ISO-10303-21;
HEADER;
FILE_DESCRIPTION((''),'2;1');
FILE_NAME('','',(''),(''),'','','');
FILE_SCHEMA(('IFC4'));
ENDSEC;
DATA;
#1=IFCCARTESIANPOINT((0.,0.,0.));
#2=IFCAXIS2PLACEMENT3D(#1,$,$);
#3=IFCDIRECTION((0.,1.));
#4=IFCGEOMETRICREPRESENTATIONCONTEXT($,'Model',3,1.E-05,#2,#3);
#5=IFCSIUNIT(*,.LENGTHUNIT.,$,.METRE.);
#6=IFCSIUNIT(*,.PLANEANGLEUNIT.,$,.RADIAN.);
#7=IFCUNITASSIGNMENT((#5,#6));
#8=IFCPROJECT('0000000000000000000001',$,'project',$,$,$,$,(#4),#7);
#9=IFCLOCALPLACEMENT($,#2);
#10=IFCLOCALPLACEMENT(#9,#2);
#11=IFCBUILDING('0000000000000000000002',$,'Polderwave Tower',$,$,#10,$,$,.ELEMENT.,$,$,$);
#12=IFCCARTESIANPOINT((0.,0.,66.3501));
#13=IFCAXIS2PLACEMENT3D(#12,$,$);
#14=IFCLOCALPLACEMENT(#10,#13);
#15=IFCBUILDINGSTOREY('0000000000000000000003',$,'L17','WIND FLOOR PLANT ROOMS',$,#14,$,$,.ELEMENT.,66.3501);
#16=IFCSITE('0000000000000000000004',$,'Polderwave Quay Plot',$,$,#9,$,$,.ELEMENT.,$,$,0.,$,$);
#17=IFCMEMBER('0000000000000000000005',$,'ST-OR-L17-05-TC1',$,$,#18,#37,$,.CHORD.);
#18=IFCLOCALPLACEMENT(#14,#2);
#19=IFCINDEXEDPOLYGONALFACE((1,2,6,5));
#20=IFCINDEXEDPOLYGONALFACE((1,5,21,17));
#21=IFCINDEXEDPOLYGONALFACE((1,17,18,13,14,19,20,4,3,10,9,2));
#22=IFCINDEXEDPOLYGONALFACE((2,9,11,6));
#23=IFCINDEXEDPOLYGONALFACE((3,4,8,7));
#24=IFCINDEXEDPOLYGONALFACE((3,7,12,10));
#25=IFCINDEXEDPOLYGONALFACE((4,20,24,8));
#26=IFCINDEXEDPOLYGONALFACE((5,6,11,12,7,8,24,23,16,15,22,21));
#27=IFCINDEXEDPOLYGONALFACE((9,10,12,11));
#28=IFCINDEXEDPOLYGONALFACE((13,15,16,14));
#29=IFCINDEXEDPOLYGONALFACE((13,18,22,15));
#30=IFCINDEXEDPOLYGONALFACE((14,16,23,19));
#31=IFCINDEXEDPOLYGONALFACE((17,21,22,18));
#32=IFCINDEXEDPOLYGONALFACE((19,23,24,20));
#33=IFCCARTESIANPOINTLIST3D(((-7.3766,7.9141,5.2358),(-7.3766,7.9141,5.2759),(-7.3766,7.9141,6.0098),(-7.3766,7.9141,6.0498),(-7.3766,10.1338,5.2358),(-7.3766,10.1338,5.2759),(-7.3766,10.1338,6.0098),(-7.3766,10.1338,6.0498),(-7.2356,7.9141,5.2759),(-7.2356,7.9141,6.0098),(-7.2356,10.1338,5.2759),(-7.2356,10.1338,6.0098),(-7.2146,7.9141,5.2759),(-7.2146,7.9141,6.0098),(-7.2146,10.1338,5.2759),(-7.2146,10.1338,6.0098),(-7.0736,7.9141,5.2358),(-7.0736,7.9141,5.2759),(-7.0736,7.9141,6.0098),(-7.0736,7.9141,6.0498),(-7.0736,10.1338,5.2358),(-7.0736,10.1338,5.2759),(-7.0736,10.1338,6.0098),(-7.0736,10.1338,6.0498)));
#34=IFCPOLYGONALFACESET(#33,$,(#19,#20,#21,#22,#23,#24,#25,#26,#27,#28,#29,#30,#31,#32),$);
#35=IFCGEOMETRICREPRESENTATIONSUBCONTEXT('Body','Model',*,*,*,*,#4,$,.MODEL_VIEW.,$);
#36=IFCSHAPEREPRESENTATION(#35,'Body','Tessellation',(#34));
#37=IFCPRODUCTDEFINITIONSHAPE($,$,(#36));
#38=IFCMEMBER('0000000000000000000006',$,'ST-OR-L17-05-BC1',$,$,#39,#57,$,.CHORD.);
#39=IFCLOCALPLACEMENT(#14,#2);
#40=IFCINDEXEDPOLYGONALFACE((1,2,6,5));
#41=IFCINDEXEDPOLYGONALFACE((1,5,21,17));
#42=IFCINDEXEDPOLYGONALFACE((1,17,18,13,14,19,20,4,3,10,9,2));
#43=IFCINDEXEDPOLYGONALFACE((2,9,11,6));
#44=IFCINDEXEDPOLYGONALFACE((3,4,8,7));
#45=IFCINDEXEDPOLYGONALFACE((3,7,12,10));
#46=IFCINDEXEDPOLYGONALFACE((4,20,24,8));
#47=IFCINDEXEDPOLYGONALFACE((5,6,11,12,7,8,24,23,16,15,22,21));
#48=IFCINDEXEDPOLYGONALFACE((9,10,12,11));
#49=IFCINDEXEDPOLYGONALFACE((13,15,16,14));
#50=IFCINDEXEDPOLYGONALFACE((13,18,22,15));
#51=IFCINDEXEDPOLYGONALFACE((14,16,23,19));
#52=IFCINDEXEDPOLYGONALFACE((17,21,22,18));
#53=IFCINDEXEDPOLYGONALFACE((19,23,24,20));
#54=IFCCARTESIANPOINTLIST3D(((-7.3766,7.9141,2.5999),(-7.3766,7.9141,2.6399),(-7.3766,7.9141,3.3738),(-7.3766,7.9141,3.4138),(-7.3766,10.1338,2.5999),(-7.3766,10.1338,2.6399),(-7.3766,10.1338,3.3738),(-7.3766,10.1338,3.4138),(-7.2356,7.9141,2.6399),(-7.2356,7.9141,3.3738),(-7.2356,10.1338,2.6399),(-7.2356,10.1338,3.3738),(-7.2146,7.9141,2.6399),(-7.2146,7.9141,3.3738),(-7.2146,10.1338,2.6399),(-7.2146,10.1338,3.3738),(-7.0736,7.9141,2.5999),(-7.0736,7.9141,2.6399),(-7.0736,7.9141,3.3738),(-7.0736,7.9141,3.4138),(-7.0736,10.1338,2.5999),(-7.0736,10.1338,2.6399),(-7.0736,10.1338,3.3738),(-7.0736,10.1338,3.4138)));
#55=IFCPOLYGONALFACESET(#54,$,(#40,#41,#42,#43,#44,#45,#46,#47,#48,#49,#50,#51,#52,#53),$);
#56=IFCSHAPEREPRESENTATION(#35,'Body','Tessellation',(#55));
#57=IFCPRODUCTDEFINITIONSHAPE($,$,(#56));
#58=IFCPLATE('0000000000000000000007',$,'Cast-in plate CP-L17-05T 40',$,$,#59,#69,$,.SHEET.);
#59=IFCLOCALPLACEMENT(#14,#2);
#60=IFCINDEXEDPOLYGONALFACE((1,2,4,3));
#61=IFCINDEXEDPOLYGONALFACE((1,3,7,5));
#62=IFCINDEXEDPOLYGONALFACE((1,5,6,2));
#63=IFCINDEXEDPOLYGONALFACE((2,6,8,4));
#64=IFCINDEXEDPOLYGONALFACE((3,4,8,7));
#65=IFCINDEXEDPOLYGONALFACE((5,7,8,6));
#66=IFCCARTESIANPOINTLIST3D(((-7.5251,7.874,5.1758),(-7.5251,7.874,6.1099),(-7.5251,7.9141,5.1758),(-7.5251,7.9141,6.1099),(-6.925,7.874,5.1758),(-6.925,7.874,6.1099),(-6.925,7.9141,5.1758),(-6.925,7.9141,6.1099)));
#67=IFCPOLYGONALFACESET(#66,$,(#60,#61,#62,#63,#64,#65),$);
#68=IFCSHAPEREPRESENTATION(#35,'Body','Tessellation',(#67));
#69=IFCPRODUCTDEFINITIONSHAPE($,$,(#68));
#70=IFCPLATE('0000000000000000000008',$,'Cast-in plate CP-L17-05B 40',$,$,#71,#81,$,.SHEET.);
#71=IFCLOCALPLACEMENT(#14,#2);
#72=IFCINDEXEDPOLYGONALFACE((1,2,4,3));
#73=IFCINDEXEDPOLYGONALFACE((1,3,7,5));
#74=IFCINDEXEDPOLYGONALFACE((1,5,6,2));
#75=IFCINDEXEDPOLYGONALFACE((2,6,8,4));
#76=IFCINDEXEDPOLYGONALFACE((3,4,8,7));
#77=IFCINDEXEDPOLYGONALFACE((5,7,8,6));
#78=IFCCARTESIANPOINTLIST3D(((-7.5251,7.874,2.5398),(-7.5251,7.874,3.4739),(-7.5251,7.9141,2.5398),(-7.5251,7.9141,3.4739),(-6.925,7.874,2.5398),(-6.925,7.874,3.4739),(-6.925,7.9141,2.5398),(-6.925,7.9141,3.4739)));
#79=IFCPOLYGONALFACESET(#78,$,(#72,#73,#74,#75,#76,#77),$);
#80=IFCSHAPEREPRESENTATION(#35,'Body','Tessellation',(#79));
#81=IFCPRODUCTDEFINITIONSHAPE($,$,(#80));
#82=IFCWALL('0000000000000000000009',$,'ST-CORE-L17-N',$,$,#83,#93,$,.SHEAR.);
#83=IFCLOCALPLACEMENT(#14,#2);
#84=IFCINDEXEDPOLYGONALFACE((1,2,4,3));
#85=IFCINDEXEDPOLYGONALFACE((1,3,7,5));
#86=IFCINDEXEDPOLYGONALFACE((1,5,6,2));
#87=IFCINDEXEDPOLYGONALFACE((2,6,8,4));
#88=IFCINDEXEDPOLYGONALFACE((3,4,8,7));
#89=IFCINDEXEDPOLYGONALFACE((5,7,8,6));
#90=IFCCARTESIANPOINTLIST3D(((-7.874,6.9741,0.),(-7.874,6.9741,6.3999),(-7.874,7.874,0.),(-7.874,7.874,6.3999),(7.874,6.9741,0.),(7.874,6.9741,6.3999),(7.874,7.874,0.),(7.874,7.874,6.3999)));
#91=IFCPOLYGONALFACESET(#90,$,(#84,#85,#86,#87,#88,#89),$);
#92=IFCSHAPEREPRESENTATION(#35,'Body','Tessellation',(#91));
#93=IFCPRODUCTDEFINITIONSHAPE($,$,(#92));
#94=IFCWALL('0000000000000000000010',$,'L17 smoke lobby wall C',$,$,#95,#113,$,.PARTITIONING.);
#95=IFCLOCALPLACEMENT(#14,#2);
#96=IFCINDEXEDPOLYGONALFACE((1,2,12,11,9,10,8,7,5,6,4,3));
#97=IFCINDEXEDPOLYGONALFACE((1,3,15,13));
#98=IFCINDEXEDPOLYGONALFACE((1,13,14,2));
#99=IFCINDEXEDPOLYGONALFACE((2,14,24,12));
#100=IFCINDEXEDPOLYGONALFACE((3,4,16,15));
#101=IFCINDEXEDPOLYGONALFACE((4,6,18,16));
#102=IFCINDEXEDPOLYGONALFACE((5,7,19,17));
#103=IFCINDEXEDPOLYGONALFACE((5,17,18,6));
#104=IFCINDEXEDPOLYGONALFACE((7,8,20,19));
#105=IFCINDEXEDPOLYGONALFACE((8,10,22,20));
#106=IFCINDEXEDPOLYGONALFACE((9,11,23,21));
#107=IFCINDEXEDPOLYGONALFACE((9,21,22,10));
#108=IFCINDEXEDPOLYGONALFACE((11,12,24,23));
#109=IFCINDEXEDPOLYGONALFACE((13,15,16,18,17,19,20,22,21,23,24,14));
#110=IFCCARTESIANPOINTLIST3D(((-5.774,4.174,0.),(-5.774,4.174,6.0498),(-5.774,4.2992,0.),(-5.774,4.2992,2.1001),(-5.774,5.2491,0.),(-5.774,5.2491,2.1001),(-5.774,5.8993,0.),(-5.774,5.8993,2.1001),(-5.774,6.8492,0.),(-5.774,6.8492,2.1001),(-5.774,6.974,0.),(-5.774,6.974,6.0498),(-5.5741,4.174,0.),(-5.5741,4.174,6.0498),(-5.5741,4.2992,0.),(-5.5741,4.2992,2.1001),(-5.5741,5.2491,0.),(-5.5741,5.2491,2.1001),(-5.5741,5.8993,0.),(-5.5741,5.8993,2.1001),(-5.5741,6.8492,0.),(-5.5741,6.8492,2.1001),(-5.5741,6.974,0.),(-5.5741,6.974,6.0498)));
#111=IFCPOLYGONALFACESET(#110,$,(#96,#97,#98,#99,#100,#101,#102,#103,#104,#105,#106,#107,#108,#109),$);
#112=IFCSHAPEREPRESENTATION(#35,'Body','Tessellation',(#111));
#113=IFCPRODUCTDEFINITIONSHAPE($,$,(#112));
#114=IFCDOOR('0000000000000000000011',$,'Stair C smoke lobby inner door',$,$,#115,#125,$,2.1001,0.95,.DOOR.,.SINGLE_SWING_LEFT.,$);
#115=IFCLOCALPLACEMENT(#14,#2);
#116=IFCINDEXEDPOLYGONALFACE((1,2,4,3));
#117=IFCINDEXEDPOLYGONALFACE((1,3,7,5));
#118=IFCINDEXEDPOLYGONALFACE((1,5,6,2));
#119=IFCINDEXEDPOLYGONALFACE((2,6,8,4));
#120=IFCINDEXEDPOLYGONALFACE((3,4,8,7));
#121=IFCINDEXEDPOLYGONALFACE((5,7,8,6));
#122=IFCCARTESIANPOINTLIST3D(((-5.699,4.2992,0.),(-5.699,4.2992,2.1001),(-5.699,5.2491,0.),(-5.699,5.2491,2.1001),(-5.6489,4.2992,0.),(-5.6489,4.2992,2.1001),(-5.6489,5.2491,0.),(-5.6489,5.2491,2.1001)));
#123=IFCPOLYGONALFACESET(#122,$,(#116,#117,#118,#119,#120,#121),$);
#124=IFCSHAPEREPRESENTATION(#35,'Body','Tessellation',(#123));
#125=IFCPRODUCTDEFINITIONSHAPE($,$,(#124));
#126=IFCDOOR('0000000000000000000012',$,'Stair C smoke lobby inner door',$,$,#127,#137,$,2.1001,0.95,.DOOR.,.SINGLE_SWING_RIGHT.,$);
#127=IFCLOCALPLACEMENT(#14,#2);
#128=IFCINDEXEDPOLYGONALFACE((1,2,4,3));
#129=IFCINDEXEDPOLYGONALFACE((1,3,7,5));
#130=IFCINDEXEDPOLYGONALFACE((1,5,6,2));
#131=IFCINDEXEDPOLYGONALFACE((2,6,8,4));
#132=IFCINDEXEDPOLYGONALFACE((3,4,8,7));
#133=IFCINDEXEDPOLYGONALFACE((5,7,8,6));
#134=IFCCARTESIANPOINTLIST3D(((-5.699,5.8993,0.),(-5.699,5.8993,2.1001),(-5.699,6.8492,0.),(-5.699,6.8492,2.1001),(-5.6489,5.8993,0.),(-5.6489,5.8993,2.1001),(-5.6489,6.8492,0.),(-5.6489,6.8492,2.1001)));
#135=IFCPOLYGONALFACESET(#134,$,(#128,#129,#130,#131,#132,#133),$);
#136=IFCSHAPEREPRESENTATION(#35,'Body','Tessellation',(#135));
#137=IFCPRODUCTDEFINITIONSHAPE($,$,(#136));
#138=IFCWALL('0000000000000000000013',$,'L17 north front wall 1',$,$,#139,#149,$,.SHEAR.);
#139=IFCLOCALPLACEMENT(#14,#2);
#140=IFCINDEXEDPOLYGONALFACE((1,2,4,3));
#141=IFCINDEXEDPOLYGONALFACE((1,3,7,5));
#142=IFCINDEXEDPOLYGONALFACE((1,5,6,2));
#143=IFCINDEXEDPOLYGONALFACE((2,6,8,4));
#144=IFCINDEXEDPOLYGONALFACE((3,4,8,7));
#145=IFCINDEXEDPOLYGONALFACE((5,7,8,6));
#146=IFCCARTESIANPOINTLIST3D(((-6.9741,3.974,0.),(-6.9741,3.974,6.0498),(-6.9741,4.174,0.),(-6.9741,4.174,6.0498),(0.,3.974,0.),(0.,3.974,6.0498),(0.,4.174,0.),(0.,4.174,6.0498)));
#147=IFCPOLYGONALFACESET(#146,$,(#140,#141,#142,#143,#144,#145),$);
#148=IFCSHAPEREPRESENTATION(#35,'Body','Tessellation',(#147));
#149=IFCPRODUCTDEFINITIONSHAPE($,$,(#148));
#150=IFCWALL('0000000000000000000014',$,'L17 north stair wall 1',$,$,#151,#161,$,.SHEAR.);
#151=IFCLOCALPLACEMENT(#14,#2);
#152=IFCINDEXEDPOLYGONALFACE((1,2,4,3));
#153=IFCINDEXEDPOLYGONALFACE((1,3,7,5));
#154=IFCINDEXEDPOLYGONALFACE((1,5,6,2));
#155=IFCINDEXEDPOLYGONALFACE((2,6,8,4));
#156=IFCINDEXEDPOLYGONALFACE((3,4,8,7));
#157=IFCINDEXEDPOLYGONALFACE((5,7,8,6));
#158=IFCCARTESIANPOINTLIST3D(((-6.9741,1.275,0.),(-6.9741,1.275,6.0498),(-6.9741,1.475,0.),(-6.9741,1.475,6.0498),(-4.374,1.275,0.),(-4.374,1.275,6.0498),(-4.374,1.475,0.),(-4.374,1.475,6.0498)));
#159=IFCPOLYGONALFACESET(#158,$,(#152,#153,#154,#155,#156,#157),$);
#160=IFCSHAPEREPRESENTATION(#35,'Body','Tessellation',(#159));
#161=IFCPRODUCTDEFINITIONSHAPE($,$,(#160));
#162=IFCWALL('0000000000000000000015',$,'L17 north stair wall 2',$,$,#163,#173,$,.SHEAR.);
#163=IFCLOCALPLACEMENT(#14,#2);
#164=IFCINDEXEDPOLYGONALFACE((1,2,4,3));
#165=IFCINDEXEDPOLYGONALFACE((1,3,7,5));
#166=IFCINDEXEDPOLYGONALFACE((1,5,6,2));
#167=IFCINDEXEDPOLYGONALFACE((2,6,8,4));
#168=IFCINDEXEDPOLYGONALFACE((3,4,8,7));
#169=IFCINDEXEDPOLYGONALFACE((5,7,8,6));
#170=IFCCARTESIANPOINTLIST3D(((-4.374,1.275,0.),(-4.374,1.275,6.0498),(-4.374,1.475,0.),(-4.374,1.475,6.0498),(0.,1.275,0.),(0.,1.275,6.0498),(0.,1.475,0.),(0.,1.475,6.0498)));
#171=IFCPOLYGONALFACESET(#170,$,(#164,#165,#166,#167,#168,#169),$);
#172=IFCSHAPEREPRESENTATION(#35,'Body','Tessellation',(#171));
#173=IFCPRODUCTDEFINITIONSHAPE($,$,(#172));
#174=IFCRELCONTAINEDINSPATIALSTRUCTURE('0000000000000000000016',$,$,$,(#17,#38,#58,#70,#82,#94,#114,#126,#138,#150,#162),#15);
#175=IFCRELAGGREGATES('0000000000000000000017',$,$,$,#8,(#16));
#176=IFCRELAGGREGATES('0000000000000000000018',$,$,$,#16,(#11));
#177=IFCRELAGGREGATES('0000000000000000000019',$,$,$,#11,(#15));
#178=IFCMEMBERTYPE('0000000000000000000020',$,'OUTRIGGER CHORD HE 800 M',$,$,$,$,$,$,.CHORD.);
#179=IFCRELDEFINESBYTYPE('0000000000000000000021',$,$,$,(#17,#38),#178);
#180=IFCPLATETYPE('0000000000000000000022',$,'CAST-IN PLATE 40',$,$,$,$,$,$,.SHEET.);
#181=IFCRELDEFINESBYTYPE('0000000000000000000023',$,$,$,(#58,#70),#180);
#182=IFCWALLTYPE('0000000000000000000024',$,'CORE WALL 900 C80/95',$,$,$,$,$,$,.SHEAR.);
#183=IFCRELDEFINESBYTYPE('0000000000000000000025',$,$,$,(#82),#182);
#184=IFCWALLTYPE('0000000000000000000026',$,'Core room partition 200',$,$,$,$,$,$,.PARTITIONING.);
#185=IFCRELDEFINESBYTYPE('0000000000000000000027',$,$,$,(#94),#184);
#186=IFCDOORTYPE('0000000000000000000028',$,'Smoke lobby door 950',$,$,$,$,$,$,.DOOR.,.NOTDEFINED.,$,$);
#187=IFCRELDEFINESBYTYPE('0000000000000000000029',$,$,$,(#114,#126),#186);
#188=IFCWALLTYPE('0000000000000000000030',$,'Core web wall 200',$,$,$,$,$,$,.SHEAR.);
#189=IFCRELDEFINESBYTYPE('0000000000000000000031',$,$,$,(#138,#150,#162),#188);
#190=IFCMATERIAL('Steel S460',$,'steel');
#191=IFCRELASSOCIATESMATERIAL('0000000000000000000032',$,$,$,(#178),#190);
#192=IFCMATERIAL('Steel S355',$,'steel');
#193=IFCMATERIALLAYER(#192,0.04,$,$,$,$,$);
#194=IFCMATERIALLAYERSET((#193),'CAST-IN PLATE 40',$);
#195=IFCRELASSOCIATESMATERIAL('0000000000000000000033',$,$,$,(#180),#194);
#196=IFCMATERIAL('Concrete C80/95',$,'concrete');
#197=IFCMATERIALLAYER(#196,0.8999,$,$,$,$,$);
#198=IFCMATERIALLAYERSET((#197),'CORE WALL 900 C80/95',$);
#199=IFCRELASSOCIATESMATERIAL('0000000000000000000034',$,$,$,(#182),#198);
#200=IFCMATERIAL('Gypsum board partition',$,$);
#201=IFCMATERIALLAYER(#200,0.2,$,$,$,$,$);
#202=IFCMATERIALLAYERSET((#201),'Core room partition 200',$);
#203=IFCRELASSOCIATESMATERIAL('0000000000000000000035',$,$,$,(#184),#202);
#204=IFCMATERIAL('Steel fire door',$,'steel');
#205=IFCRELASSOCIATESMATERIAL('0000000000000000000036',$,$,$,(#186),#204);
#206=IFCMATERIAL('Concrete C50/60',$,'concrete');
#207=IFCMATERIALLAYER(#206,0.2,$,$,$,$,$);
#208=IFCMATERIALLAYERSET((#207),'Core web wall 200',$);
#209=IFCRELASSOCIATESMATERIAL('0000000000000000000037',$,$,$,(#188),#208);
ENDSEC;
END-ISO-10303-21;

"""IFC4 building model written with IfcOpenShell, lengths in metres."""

from ifc_helpers import new_model, si_unit, direction, frame, frame_2d, origin, origin_2d, place, context, subcontext, project, spatial, rectangle, i_section, extrude, material, layer, layer_set, material_profile, profile_set, type_object, element, fill, save


model = new_model("IFC4")

# Units and contexts
model_context = context("Model", 3, precision=1e-05, world=origin(), true_north=direction((0.0, 1.0)))
body_context = subcontext(model_context, "Body", "Model", "MODEL_VIEW")
ifc_project = project(units=[si_unit("LENGTHUNIT", "METRE"), si_unit("PLANEANGLEUNIT", "RADIAN")], contexts=[model_context])

# Site, building, storey
site_placement = place(None, origin())
site = spatial("IfcSite", under=ifc_project, at=site_placement, Name="Polderwave Quay Plot", CompositionType="ELEMENT", RefElevation=0.0)
building_placement = place(site_placement, origin())
building = spatial("IfcBuilding", under=site, at=building_placement, Name="Polderwave Tower", CompositionType="ELEMENT")
storey_placement = place(building_placement, frame((0.0, 0.0, 66.3501)))
storey = spatial("IfcBuildingStorey", under=building, at=storey_placement, Name="L17", Description="WIND FLOOR PLANT ROOMS", CompositionType="ELEMENT", Elevation=66.3501)

# Members
ifc_material_1 = material(Name="Steel S460", Category="steel")
ifc_material_profile = material_profile(ifc_material_1, i_section(OverallWidth=0.303, OverallDepth=0.814, WebThickness=0.021, FlangeThickness=0.04, at=origin_2d()), Name="HE 800 M")
ifc_profile_set = profile_set([ifc_material_profile], Name="Steel S460")
member_type = type_object("IfcMemberType", Name="OUTRIGGER CHORD HE 800 M", PredefinedType="CHORD", material=ifc_profile_set)
for number, where, z_axis, x_axis, name in (
    (1, (-7.2251, 7.9141, 5.6428), (0.0, 1.0, 0.0), (-1.0, 0.0, 0.0), "ST-OR-L17-05-TC1"),
    (2, (-7.2251, 7.9141, 3.0068), (0.0, 1.0, 0.0), (-1.0, 0.0, 0.0), "ST-OR-L17-05-BC1"),
):
    element("IfcMember", number, at=place(storey_placement, frame(where, z_axis=z_axis, x_axis=x_axis)), inside=storey, type_object=member_type, Name=name, PredefinedType="CHORD", context=body_context, shape_type="SweptSolid", body=[
        extrude(i_section(OverallWidth=0.303, OverallDepth=0.814, WebThickness=0.021, FlangeThickness=0.04, at=origin_2d()), origin(), (0.0, 0.0, 1.0), 2.2197),
    ])

# Plates
ifc_material_2 = material(Name="Steel S355", Category="steel")
ifc_layer_1 = layer(ifc_material_2, 0.04)
ifc_layer_set_1 = layer_set([ifc_layer_1], Name="CAST-IN PLATE 40")
plate_type = type_object("IfcPlateType", Name="CAST-IN PLATE 40", PredefinedType="SHEET", material=ifc_layer_set_1)
for number, where, z_axis, x_axis, name in (
    (3, (-7.2251, 7.894, 5.1758), (0.0, 0.0, 1.0), (0.0, 1.0, 0.0), "Cast-in plate CP-L17-05T 40"),
    (4, (-7.2251, 7.894, 2.5398), (0.0, 0.0, 1.0), (0.0, 1.0, 0.0), "Cast-in plate CP-L17-05B 40"),
):
    element("IfcPlate", number, at=place(storey_placement, frame(where, z_axis=z_axis, x_axis=x_axis)), inside=storey, type_object=plate_type, Name=name, PredefinedType="SHEET", context=body_context, shape_type="SweptSolid", body=[
        extrude(rectangle(XDim=0.04, YDim=0.6001, at=origin_2d()), origin(), (0.0, 0.0, 1.0), 0.9341),
    ])

# Wall
ifc_material_3 = material(Name="Concrete C80/95", Category="concrete")
ifc_layer_2 = layer(ifc_material_3, 0.8999)
ifc_layer_set_2 = layer_set([ifc_layer_2], Name="CORE WALL 900 C80/95")
wall_type_1 = type_object("IfcWallType", Name="CORE WALL 900 C80/95", PredefinedType="SHEAR", material=ifc_layer_set_2)
wall_1_placement = place(storey_placement, frame((-7.874, 7.4241, 0.0), z_axis=(0.0, 0.0, 1.0), x_axis=(1.0, 0.0, 0.0)))
element("IfcWall", 5, at=wall_1_placement, inside=storey, type_object=wall_type_1, Name="ST-CORE-L17-N", PredefinedType="SHEAR", context=body_context, shape_type="SweptSolid", body=[
    extrude(rectangle(XDim=15.748, YDim=0.8999, at=frame_2d((7.874, 0.0))), origin(), (0.0, 0.0, 1.0), 6.3999),
])

# Wall, openings, doors
ifc_material_4 = material(Name="Gypsum board partition")
ifc_layer_3 = layer(ifc_material_4, 0.2)
ifc_layer_set_3 = layer_set([ifc_layer_3], Name="Core room partition 200")
wall_type_2 = type_object("IfcWallType", Name="Core room partition 200", PredefinedType="PARTITIONING", material=ifc_layer_set_3)
wall_2_placement = place(storey_placement, frame((-5.6741, 4.1741, 0.0), z_axis=(0.0, 0.0, 1.0), x_axis=(0.0, 1.0, 0.0)))
wall_2 = element("IfcWall", 6, at=wall_2_placement, inside=storey, type_object=wall_type_2, Name="L17 smoke lobby wall C", PredefinedType="PARTITIONING", context=body_context, shape_type="SweptSolid", body=[
    extrude(rectangle(XDim=2.8, YDim=0.2, at=frame_2d((1.3999, 0.0))), origin(), (0.0, 0.0, 1.0), 6.0498),
])
opening_1_placement = place(wall_2_placement, frame((0.125, 0.0, 0.0)))
opening_1 = element("IfcOpeningElement", 7, at=opening_1_placement, cuts=wall_2, PredefinedType="OPENING", context=body_context, shape_type="SweptSolid", body=[
    extrude(rectangle(XDim=0.95, YDim=2.1001, at=frame_2d((0.4751, 1.05))), frame((0.0, 0.1099, 0.0), z_axis=(0.0, -1.0, 0.0), x_axis=(1.0, 0.0, 0.0)), (0.0, 0.0, 1.0), 0.22),
])
opening_2_placement = place(wall_2_placement, frame((1.7251, 0.0, 0.0)))
opening_2 = element("IfcOpeningElement", 8, at=opening_2_placement, cuts=wall_2, PredefinedType="OPENING", context=body_context, shape_type="SweptSolid", body=[
    extrude(rectangle(XDim=0.95, YDim=2.1001, at=frame_2d((0.4751, 1.05))), frame((0.0, 0.1099, 0.0), z_axis=(0.0, -1.0, 0.0), x_axis=(1.0, 0.0, 0.0)), (0.0, 0.0, 1.0), 0.22),
])
ifc_material_5 = material(Name="Steel fire door", Category="steel")
door_type = type_object("IfcDoorType", Name="Smoke lobby door 950", OperationType="NOTDEFINED", PredefinedType="DOOR", material=ifc_material_5)
door_1_placement = place(opening_1_placement, origin())
door_1 = element("IfcDoor", 9, at=door_1_placement, inside=storey, type_object=door_type, Name="Stair C smoke lobby inner door", OperationType="SINGLE_SWING_LEFT", OverallHeight=2.1001, OverallWidth=0.95, PredefinedType="DOOR", context=body_context, shape_type="SweptSolid", body=[
    extrude(rectangle(XDim=0.95, YDim=2.1001, at=frame_2d((0.4751, 1.05))), frame((0.0, 0.0249, 0.0), z_axis=(0.0, -1.0, 0.0), x_axis=(1.0, 0.0, 0.0)), (0.0, 0.0, 1.0), 0.05),
])
fill(opening_1, door_1)
door_2_placement = place(opening_2_placement, origin())
door_2 = element("IfcDoor", 10, at=door_2_placement, inside=storey, type_object=door_type, Name="Stair C smoke lobby inner door", OperationType="SINGLE_SWING_RIGHT", OverallHeight=2.1001, OverallWidth=0.95, PredefinedType="DOOR", context=body_context, shape_type="SweptSolid", body=[
    extrude(rectangle(XDim=0.95, YDim=2.1001, at=frame_2d((0.4751, 1.05))), frame((0.0, 0.0249, 0.0), z_axis=(0.0, -1.0, 0.0), x_axis=(1.0, 0.0, 0.0)), (0.0, 0.0, 1.0), 0.05),
])
fill(opening_2, door_2)

# Walls
ifc_material_6 = material(Name="Concrete C50/60", Category="concrete")
ifc_layer_4 = layer(ifc_material_6, 0.2)
ifc_layer_set_4 = layer_set([ifc_layer_4], Name="Core web wall 200")
wall_type_3 = type_object("IfcWallType", Name="Core web wall 200", PredefinedType="SHEAR", material=ifc_layer_set_4)
wall_3_placement = place(storey_placement, frame((-6.9741, 4.074, 0.0), z_axis=(0.0, 0.0, 1.0), x_axis=(1.0, 0.0, 0.0)))
element("IfcWall", 11, at=wall_3_placement, inside=storey, type_object=wall_type_3, Name="L17 north front wall 1", PredefinedType="SHEAR", context=body_context, shape_type="SweptSolid", body=[
    extrude(rectangle(XDim=6.9741, YDim=0.2, at=frame_2d((3.4871, 0.0))), origin(), (0.0, 0.0, 1.0), 6.0498),
])
wall_4_placement = place(storey_placement, frame((-6.9741, 1.375, 0.0), z_axis=(0.0, 0.0, 1.0), x_axis=(1.0, 0.0, 0.0)))
element("IfcWall", 12, at=wall_4_placement, inside=storey, type_object=wall_type_3, Name="L17 north stair wall 1", PredefinedType="SHEAR", context=body_context, shape_type="SweptSolid", body=[
    extrude(rectangle(XDim=2.6001, YDim=0.2, at=frame_2d((1.3, 0.0))), origin(), (0.0, 0.0, 1.0), 6.0498),
])
wall_5_placement = place(storey_placement, frame((-4.374, 1.375, 0.0), z_axis=(0.0, 0.0, 1.0), x_axis=(1.0, 0.0, 0.0)))
element("IfcWall", 13, at=wall_5_placement, inside=storey, type_object=wall_type_3, Name="L17 north stair wall 2", PredefinedType="SHEAR", context=body_context, shape_type="SweptSolid", body=[
    extrude(rectangle(XDim=4.374, YDim=0.2, at=frame_2d((2.187, 0.0))), origin(), (0.0, 0.0, 1.0), 6.0498),
])

save(model, "model.ifc")
